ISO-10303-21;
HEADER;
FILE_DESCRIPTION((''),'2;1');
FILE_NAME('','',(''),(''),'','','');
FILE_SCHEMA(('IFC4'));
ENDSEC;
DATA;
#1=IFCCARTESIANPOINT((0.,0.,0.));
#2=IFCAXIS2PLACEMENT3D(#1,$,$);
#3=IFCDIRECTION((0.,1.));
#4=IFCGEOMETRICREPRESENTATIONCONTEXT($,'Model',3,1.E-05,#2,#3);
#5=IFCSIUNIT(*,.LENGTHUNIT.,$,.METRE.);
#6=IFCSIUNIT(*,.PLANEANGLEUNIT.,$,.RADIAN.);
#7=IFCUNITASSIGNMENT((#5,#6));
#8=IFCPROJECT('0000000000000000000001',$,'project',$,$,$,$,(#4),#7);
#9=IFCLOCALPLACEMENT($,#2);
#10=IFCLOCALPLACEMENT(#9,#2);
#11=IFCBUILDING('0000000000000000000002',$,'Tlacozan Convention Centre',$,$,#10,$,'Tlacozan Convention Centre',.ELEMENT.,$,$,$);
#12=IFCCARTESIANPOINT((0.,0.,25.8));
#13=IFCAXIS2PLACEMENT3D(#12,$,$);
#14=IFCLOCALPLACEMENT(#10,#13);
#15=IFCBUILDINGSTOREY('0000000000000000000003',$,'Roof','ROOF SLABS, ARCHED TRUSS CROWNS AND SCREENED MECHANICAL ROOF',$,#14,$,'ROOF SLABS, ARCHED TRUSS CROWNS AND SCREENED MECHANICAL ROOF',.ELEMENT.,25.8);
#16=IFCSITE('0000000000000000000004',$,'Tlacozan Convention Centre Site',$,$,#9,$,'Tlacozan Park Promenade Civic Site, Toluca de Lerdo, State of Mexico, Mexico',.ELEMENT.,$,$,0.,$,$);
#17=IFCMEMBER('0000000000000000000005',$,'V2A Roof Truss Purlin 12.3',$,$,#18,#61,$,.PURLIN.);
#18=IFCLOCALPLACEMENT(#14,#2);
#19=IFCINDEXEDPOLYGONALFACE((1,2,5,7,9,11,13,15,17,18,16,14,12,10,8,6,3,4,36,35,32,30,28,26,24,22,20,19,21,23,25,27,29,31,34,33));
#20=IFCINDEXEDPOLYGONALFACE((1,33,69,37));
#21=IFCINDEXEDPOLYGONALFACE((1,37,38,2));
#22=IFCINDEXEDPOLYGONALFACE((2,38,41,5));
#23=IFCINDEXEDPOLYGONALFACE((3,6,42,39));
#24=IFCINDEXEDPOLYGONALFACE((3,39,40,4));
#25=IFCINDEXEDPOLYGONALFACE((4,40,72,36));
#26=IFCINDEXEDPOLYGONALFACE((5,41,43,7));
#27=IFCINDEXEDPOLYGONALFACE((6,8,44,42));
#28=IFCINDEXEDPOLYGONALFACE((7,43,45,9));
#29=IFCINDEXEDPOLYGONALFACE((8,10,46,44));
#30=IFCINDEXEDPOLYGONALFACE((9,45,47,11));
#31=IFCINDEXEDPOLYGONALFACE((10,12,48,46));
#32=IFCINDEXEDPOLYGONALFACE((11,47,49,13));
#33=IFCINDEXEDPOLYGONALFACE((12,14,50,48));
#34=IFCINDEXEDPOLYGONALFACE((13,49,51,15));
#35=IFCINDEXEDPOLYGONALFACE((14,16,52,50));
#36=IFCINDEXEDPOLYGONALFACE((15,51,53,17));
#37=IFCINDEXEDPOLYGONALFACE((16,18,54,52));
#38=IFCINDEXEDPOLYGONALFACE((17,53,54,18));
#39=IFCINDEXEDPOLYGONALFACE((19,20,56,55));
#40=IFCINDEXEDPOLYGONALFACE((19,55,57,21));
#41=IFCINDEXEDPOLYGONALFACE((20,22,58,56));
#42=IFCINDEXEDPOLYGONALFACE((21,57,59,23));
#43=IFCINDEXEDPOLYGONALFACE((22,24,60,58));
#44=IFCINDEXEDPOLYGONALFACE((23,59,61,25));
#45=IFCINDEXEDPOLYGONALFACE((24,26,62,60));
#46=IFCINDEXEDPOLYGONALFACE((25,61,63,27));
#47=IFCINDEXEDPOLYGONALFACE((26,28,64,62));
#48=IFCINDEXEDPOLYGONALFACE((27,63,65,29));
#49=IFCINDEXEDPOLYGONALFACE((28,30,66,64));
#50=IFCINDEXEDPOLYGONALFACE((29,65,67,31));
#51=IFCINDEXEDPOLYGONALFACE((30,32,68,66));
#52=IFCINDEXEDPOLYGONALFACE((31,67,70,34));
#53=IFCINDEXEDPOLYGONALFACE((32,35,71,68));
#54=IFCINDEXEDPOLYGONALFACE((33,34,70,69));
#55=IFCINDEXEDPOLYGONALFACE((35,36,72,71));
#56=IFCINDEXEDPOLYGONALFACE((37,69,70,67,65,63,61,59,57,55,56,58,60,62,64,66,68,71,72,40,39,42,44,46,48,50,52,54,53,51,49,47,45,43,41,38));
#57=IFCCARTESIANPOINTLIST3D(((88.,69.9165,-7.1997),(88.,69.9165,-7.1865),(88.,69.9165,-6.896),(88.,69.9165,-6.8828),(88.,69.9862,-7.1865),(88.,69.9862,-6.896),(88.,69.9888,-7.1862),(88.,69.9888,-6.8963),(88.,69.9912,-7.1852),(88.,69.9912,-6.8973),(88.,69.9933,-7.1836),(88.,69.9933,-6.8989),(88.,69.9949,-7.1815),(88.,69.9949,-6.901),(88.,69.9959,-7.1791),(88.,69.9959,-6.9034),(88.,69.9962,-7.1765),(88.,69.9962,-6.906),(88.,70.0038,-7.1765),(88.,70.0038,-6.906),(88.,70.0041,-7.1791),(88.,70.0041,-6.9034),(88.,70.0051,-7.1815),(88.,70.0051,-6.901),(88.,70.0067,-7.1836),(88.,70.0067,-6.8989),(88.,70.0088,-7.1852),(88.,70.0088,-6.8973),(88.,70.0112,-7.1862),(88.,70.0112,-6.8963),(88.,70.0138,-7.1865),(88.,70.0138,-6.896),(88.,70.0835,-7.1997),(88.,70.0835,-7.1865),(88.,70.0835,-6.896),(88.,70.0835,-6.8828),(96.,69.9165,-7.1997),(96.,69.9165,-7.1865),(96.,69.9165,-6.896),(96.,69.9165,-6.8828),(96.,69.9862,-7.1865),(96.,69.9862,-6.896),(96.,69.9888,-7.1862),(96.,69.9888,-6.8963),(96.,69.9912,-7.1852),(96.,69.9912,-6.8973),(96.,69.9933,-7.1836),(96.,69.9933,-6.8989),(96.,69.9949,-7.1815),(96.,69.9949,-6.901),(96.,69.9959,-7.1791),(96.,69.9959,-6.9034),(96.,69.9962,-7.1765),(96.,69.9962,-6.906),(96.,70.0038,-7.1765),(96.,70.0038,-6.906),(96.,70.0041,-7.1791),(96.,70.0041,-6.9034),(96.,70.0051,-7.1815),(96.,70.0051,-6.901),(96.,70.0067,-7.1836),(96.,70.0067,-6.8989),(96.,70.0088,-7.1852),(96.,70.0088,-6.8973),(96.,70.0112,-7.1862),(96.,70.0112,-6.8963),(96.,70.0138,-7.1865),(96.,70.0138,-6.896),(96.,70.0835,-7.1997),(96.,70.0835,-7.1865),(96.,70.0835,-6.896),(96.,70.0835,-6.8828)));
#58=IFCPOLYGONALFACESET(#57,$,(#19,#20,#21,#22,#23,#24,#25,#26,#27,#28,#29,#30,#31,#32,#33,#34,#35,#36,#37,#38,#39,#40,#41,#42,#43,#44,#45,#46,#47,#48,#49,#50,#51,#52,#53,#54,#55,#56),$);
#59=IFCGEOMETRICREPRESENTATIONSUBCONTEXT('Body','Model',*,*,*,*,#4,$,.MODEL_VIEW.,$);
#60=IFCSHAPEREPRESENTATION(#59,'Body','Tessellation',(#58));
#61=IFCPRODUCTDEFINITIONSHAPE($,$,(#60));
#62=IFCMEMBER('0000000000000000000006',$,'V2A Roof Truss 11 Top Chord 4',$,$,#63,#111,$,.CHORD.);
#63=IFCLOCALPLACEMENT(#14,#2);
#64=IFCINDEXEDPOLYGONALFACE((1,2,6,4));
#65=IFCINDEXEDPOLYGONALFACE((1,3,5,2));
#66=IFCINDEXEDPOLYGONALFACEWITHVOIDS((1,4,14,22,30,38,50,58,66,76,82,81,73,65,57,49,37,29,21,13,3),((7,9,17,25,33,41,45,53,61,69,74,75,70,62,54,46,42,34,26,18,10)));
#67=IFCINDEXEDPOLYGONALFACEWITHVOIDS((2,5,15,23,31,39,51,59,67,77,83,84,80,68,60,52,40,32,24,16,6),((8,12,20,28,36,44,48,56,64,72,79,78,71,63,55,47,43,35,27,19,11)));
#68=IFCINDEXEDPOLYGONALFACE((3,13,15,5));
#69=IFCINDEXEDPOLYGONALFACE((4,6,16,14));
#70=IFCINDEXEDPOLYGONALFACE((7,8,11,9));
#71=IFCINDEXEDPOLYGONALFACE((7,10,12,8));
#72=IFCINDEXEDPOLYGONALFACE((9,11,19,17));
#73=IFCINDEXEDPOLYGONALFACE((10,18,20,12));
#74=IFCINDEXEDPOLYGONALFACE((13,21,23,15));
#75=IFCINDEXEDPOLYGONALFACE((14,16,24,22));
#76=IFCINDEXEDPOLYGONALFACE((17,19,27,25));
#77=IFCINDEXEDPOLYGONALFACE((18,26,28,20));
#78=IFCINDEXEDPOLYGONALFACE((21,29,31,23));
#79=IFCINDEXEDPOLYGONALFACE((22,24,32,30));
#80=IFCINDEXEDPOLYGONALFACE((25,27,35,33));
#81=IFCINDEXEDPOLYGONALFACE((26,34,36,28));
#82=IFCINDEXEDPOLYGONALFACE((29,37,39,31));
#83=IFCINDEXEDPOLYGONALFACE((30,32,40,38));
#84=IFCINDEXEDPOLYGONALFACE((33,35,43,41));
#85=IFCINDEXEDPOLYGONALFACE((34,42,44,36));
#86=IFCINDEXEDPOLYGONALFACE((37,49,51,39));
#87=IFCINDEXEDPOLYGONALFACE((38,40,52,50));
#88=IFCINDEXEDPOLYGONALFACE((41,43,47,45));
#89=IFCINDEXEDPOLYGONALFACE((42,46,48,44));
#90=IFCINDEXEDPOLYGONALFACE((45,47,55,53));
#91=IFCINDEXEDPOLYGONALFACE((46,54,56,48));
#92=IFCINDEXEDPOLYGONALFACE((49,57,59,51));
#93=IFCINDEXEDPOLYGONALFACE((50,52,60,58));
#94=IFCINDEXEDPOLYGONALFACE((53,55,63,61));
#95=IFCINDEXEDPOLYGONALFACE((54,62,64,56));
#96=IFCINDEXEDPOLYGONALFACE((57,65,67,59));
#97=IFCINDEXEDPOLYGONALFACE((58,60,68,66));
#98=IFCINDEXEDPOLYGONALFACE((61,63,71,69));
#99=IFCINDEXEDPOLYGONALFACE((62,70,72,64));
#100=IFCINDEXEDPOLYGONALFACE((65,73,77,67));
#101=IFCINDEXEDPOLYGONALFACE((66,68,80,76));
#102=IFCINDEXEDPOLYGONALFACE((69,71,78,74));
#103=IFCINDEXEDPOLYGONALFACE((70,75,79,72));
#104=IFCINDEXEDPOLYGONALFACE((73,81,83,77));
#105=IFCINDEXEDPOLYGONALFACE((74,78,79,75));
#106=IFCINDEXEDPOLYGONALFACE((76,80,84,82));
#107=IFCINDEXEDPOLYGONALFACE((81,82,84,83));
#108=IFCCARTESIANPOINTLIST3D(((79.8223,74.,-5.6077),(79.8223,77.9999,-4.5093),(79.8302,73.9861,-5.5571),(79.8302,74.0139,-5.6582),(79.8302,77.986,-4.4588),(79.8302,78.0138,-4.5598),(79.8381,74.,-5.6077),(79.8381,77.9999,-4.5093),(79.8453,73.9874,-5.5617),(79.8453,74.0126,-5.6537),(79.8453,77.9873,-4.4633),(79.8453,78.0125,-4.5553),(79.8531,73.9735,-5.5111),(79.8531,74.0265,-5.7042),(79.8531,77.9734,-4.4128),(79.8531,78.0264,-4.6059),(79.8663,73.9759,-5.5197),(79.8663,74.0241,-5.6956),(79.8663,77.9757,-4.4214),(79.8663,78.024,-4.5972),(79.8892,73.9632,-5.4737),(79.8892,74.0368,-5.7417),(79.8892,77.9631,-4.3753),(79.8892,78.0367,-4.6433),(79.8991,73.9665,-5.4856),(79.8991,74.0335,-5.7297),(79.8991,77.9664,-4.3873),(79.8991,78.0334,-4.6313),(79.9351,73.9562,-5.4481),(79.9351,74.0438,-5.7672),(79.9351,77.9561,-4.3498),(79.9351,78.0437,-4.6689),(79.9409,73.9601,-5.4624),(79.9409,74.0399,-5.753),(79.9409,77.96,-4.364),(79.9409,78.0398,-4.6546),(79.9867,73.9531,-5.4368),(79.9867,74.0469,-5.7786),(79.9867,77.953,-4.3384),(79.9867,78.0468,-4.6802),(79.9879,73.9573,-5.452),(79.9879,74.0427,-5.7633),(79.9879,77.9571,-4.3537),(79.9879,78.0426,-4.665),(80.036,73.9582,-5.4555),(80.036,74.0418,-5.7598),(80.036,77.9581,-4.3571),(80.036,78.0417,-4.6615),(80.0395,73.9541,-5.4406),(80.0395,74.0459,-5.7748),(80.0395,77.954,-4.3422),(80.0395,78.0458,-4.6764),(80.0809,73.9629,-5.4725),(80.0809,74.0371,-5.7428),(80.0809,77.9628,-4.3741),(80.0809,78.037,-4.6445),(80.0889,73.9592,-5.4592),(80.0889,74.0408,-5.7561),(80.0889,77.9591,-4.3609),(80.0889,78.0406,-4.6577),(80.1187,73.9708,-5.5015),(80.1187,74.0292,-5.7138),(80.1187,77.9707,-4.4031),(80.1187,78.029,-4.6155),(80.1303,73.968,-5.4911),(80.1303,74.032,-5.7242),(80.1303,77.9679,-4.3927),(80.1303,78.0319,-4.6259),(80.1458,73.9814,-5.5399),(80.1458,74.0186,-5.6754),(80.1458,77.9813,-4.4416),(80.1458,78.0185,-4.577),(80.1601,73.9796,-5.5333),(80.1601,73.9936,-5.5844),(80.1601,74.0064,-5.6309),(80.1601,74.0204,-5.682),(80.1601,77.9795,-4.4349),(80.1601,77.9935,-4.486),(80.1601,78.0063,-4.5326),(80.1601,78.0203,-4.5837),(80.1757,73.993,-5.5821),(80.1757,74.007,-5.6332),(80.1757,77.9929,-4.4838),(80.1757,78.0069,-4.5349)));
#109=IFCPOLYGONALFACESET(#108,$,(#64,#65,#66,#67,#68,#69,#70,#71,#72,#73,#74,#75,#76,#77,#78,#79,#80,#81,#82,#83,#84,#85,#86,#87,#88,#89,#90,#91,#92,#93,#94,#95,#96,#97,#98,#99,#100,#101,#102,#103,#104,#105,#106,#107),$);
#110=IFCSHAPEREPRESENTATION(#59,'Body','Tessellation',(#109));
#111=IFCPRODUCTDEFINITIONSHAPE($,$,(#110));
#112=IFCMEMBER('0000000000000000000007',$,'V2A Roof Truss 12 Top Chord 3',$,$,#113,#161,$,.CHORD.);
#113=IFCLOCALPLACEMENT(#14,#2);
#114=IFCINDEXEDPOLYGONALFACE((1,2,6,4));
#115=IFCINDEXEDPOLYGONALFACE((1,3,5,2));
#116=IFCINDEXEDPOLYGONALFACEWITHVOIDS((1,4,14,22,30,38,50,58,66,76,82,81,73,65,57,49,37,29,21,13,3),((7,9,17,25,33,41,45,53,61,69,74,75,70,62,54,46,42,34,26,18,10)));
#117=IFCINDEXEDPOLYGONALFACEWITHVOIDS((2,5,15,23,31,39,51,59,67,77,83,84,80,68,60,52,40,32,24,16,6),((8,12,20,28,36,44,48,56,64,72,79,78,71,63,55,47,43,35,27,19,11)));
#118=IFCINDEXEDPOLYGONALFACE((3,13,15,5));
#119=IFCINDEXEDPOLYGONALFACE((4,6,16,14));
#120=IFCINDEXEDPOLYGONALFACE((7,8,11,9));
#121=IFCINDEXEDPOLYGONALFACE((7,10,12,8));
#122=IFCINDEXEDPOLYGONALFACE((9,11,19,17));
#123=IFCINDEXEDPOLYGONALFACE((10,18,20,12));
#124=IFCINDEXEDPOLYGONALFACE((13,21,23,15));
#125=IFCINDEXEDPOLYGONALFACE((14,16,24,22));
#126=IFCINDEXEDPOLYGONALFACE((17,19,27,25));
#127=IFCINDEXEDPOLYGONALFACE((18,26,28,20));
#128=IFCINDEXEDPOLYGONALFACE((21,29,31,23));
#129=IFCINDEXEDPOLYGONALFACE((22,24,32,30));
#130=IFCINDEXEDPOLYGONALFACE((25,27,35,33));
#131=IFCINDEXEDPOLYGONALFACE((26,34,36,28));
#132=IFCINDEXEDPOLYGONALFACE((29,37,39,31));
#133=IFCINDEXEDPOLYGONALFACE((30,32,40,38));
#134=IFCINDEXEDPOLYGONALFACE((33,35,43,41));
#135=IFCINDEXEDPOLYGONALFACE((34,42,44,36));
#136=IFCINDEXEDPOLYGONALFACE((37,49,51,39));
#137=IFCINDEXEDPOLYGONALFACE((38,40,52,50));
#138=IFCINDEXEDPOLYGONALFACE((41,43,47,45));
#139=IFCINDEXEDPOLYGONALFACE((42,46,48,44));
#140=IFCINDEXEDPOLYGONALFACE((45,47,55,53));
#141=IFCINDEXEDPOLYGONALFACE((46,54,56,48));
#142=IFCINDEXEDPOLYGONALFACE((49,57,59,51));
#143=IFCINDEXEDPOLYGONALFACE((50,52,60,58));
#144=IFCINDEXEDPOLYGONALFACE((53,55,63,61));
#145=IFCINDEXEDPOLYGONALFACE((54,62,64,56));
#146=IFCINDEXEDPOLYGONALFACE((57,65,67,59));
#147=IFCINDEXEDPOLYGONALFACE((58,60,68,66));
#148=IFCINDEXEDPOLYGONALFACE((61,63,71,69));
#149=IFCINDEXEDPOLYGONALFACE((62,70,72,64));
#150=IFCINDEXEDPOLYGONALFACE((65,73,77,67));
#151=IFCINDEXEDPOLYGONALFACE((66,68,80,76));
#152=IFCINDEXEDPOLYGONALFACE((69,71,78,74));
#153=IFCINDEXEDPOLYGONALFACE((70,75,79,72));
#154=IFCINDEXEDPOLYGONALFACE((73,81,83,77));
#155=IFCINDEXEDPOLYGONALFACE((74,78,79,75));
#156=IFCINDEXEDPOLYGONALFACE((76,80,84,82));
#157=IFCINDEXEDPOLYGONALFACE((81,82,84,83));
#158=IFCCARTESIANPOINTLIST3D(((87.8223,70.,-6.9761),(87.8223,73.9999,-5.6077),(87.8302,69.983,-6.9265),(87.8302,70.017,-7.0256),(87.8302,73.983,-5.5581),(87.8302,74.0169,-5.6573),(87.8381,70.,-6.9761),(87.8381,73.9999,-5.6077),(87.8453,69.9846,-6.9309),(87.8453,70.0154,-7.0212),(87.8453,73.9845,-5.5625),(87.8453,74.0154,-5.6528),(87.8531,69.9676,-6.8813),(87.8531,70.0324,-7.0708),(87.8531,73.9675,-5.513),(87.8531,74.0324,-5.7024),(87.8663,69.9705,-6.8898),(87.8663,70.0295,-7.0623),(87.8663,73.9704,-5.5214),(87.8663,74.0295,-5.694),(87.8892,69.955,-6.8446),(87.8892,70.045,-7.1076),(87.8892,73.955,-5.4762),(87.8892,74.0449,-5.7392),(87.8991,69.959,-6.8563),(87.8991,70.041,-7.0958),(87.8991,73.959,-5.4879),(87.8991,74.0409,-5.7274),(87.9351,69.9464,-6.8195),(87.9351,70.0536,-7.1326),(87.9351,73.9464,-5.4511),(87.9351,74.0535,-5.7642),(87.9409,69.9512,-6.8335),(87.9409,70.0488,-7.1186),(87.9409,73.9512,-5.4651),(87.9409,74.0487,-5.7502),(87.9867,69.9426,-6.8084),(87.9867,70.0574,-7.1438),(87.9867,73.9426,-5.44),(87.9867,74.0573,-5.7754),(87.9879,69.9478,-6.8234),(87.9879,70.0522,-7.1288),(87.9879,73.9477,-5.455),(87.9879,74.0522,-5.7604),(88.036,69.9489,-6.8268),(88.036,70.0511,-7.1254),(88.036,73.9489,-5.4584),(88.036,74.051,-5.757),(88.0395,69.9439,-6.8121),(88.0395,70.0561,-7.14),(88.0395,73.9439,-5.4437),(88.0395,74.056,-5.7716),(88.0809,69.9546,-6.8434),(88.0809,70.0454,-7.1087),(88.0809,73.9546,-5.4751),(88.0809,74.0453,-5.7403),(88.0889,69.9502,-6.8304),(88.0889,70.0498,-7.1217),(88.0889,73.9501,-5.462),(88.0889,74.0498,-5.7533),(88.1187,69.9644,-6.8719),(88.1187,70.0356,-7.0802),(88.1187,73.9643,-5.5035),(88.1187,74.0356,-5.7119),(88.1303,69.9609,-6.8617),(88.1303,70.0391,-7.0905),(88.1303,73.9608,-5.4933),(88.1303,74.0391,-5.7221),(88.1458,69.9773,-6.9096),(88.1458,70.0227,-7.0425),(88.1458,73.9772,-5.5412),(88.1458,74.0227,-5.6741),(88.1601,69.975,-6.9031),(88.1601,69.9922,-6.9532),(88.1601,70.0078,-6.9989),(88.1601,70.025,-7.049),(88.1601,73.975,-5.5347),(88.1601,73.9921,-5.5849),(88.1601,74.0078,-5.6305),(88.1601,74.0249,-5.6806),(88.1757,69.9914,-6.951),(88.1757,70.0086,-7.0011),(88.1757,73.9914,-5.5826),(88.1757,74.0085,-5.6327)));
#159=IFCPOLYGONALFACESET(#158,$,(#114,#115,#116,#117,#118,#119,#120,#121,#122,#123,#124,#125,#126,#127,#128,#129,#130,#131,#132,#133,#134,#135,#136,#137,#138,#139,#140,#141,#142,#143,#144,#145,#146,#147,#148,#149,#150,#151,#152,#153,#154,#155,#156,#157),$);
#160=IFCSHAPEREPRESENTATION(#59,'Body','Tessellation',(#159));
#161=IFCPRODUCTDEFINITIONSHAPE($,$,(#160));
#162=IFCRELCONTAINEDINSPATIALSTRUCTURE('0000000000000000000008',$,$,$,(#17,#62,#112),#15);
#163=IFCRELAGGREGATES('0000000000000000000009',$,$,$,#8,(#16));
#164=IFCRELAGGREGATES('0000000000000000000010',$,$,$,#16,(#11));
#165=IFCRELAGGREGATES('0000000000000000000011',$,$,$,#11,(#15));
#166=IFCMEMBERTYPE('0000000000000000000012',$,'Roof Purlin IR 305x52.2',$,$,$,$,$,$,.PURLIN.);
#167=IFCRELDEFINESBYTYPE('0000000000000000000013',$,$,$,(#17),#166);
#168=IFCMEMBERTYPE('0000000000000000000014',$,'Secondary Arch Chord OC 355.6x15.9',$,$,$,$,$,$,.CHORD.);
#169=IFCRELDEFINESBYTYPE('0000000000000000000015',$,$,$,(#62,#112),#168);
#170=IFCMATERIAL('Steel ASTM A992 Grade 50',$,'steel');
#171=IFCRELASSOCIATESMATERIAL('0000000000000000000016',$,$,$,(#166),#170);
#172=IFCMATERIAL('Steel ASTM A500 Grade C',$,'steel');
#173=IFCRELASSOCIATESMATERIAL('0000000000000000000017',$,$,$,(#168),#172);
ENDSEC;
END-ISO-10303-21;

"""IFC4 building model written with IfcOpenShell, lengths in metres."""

from ifc_helpers import new_model, si_unit, direction, frame, origin, origin_2d, place, context, subcontext, project, spatial, hollow_circle, i_section, extrude, material, material_profile, profile_set, type_object, element, save


model = new_model("IFC4")

# Units and contexts
model_context = context("Model", 3, precision=1e-05, world=origin(), true_north=direction((0.0, 1.0)))
body_context = subcontext(model_context, "Body", "Model", "MODEL_VIEW")
ifc_project = project(units=[si_unit("LENGTHUNIT", "METRE"), si_unit("PLANEANGLEUNIT", "RADIAN")], contexts=[model_context])

# Site, building, storey
site_placement = place(None, origin())
site = spatial("IfcSite", under=ifc_project, at=site_placement, Name="Tlacozan Convention Centre Site", LongName="Tlacozan Park Promenade Civic Site, Toluca de Lerdo, State of Mexico, Mexico", CompositionType="ELEMENT", RefElevation=0.0)
building_placement = place(site_placement, origin())
building = spatial("IfcBuilding", under=site, at=building_placement, Name="Tlacozan Convention Centre", LongName="Tlacozan Convention Centre", CompositionType="ELEMENT")
storey_placement = place(building_placement, frame((0.0, 0.0, 25.8)))
storey = spatial("IfcBuildingStorey", under=building, at=storey_placement, Name="Roof", Description="ROOF SLABS, ARCHED TRUSS CROWNS AND SCREENED MECHANICAL ROOF", LongName="ROOF SLABS, ARCHED TRUSS CROWNS AND SCREENED MECHANICAL ROOF", CompositionType="ELEMENT", Elevation=25.8)

# Members
ifc_material_1 = material(Name="Steel ASTM A500 Grade C", Category="steel")
ifc_material_2 = material(Name="Steel ASTM A992 Grade 50", Category="steel")
ifc_material_profile_1 = material_profile(ifc_material_2, i_section(OverallWidth=0.167, OverallDepth=0.3169, WebThickness=0.0076, FlangeThickness=0.0132, FilletRadius=0.01, at=origin_2d()), Name="IR 305x52.2")
ifc_profile_set_1 = profile_set([ifc_material_profile_1], Name="Steel ASTM A992 Grade 50")
member_type_1 = type_object("IfcMemberType", Name="Roof Purlin IR 305x52.2", PredefinedType="PURLIN", material=ifc_profile_set_1)
member_1_placement = place(storey_placement, frame((88.0, 70.0, -7.0413), z_axis=(1.0, 0.0, 0.0), x_axis=(0.0, 1.0, 0.0)))
element("IfcMember", 1, at=member_1_placement, inside=storey, type_object=member_type_1, Name="V2A Roof Truss Purlin 12.3", PredefinedType="PURLIN", context=body_context, shape_type="SweptSolid", body=[
    extrude(i_section(OverallWidth=0.167, OverallDepth=0.3169, WebThickness=0.0076, FlangeThickness=0.0132, FilletRadius=0.01, at=origin_2d()), origin(), (0.0, 0.0, 1.0), 8.0),
])
ifc_material_profile_2 = material_profile(ifc_material_1, hollow_circle(Radius=0.1777, WallThickness=0.0159, at=origin_2d()), Name="OC 355.6x15.9")
ifc_profile_set_2 = profile_set([ifc_material_profile_2], Name="Steel ASTM A500 Grade C")
member_type_2 = type_object("IfcMemberType", Name="Secondary Arch Chord OC 355.6x15.9", PredefinedType="CHORD", material=ifc_profile_set_2)
member_2_placement = place(storey_placement, frame((80.0, 74.0, -5.6077), z_axis=(0.0, 0.964305, 0.264795), x_axis=(-1.0, 0.0, 0.0)))
element("IfcMember", 2, at=member_2_placement, inside=storey, type_object=member_type_2, Name="V2A Roof Truss 11 Top Chord 4", PredefinedType="CHORD", context=body_context, shape_type="SweptSolid", body=[
    extrude(hollow_circle(Radius=0.1777, WallThickness=0.0159, at=origin_2d()), origin(), (0.0, 0.0, 1.0), 4.1479),
])
member_3_placement = place(storey_placement, frame((88.0, 70.0, -6.9761), z_axis=(0.0, 0.946165, 0.323685), x_axis=(-1.0, 0.0, 0.0)))
element("IfcMember", 3, at=member_3_placement, inside=storey, type_object=member_type_2, Name="V2A Roof Truss 12 Top Chord 3", PredefinedType="CHORD", context=body_context, shape_type="SweptSolid", body=[
    extrude(hollow_circle(Radius=0.1777, WallThickness=0.0159, at=origin_2d()), origin(), (0.0, 0.0, 1.0), 4.2275),
])

save(model, "model.ifc")
